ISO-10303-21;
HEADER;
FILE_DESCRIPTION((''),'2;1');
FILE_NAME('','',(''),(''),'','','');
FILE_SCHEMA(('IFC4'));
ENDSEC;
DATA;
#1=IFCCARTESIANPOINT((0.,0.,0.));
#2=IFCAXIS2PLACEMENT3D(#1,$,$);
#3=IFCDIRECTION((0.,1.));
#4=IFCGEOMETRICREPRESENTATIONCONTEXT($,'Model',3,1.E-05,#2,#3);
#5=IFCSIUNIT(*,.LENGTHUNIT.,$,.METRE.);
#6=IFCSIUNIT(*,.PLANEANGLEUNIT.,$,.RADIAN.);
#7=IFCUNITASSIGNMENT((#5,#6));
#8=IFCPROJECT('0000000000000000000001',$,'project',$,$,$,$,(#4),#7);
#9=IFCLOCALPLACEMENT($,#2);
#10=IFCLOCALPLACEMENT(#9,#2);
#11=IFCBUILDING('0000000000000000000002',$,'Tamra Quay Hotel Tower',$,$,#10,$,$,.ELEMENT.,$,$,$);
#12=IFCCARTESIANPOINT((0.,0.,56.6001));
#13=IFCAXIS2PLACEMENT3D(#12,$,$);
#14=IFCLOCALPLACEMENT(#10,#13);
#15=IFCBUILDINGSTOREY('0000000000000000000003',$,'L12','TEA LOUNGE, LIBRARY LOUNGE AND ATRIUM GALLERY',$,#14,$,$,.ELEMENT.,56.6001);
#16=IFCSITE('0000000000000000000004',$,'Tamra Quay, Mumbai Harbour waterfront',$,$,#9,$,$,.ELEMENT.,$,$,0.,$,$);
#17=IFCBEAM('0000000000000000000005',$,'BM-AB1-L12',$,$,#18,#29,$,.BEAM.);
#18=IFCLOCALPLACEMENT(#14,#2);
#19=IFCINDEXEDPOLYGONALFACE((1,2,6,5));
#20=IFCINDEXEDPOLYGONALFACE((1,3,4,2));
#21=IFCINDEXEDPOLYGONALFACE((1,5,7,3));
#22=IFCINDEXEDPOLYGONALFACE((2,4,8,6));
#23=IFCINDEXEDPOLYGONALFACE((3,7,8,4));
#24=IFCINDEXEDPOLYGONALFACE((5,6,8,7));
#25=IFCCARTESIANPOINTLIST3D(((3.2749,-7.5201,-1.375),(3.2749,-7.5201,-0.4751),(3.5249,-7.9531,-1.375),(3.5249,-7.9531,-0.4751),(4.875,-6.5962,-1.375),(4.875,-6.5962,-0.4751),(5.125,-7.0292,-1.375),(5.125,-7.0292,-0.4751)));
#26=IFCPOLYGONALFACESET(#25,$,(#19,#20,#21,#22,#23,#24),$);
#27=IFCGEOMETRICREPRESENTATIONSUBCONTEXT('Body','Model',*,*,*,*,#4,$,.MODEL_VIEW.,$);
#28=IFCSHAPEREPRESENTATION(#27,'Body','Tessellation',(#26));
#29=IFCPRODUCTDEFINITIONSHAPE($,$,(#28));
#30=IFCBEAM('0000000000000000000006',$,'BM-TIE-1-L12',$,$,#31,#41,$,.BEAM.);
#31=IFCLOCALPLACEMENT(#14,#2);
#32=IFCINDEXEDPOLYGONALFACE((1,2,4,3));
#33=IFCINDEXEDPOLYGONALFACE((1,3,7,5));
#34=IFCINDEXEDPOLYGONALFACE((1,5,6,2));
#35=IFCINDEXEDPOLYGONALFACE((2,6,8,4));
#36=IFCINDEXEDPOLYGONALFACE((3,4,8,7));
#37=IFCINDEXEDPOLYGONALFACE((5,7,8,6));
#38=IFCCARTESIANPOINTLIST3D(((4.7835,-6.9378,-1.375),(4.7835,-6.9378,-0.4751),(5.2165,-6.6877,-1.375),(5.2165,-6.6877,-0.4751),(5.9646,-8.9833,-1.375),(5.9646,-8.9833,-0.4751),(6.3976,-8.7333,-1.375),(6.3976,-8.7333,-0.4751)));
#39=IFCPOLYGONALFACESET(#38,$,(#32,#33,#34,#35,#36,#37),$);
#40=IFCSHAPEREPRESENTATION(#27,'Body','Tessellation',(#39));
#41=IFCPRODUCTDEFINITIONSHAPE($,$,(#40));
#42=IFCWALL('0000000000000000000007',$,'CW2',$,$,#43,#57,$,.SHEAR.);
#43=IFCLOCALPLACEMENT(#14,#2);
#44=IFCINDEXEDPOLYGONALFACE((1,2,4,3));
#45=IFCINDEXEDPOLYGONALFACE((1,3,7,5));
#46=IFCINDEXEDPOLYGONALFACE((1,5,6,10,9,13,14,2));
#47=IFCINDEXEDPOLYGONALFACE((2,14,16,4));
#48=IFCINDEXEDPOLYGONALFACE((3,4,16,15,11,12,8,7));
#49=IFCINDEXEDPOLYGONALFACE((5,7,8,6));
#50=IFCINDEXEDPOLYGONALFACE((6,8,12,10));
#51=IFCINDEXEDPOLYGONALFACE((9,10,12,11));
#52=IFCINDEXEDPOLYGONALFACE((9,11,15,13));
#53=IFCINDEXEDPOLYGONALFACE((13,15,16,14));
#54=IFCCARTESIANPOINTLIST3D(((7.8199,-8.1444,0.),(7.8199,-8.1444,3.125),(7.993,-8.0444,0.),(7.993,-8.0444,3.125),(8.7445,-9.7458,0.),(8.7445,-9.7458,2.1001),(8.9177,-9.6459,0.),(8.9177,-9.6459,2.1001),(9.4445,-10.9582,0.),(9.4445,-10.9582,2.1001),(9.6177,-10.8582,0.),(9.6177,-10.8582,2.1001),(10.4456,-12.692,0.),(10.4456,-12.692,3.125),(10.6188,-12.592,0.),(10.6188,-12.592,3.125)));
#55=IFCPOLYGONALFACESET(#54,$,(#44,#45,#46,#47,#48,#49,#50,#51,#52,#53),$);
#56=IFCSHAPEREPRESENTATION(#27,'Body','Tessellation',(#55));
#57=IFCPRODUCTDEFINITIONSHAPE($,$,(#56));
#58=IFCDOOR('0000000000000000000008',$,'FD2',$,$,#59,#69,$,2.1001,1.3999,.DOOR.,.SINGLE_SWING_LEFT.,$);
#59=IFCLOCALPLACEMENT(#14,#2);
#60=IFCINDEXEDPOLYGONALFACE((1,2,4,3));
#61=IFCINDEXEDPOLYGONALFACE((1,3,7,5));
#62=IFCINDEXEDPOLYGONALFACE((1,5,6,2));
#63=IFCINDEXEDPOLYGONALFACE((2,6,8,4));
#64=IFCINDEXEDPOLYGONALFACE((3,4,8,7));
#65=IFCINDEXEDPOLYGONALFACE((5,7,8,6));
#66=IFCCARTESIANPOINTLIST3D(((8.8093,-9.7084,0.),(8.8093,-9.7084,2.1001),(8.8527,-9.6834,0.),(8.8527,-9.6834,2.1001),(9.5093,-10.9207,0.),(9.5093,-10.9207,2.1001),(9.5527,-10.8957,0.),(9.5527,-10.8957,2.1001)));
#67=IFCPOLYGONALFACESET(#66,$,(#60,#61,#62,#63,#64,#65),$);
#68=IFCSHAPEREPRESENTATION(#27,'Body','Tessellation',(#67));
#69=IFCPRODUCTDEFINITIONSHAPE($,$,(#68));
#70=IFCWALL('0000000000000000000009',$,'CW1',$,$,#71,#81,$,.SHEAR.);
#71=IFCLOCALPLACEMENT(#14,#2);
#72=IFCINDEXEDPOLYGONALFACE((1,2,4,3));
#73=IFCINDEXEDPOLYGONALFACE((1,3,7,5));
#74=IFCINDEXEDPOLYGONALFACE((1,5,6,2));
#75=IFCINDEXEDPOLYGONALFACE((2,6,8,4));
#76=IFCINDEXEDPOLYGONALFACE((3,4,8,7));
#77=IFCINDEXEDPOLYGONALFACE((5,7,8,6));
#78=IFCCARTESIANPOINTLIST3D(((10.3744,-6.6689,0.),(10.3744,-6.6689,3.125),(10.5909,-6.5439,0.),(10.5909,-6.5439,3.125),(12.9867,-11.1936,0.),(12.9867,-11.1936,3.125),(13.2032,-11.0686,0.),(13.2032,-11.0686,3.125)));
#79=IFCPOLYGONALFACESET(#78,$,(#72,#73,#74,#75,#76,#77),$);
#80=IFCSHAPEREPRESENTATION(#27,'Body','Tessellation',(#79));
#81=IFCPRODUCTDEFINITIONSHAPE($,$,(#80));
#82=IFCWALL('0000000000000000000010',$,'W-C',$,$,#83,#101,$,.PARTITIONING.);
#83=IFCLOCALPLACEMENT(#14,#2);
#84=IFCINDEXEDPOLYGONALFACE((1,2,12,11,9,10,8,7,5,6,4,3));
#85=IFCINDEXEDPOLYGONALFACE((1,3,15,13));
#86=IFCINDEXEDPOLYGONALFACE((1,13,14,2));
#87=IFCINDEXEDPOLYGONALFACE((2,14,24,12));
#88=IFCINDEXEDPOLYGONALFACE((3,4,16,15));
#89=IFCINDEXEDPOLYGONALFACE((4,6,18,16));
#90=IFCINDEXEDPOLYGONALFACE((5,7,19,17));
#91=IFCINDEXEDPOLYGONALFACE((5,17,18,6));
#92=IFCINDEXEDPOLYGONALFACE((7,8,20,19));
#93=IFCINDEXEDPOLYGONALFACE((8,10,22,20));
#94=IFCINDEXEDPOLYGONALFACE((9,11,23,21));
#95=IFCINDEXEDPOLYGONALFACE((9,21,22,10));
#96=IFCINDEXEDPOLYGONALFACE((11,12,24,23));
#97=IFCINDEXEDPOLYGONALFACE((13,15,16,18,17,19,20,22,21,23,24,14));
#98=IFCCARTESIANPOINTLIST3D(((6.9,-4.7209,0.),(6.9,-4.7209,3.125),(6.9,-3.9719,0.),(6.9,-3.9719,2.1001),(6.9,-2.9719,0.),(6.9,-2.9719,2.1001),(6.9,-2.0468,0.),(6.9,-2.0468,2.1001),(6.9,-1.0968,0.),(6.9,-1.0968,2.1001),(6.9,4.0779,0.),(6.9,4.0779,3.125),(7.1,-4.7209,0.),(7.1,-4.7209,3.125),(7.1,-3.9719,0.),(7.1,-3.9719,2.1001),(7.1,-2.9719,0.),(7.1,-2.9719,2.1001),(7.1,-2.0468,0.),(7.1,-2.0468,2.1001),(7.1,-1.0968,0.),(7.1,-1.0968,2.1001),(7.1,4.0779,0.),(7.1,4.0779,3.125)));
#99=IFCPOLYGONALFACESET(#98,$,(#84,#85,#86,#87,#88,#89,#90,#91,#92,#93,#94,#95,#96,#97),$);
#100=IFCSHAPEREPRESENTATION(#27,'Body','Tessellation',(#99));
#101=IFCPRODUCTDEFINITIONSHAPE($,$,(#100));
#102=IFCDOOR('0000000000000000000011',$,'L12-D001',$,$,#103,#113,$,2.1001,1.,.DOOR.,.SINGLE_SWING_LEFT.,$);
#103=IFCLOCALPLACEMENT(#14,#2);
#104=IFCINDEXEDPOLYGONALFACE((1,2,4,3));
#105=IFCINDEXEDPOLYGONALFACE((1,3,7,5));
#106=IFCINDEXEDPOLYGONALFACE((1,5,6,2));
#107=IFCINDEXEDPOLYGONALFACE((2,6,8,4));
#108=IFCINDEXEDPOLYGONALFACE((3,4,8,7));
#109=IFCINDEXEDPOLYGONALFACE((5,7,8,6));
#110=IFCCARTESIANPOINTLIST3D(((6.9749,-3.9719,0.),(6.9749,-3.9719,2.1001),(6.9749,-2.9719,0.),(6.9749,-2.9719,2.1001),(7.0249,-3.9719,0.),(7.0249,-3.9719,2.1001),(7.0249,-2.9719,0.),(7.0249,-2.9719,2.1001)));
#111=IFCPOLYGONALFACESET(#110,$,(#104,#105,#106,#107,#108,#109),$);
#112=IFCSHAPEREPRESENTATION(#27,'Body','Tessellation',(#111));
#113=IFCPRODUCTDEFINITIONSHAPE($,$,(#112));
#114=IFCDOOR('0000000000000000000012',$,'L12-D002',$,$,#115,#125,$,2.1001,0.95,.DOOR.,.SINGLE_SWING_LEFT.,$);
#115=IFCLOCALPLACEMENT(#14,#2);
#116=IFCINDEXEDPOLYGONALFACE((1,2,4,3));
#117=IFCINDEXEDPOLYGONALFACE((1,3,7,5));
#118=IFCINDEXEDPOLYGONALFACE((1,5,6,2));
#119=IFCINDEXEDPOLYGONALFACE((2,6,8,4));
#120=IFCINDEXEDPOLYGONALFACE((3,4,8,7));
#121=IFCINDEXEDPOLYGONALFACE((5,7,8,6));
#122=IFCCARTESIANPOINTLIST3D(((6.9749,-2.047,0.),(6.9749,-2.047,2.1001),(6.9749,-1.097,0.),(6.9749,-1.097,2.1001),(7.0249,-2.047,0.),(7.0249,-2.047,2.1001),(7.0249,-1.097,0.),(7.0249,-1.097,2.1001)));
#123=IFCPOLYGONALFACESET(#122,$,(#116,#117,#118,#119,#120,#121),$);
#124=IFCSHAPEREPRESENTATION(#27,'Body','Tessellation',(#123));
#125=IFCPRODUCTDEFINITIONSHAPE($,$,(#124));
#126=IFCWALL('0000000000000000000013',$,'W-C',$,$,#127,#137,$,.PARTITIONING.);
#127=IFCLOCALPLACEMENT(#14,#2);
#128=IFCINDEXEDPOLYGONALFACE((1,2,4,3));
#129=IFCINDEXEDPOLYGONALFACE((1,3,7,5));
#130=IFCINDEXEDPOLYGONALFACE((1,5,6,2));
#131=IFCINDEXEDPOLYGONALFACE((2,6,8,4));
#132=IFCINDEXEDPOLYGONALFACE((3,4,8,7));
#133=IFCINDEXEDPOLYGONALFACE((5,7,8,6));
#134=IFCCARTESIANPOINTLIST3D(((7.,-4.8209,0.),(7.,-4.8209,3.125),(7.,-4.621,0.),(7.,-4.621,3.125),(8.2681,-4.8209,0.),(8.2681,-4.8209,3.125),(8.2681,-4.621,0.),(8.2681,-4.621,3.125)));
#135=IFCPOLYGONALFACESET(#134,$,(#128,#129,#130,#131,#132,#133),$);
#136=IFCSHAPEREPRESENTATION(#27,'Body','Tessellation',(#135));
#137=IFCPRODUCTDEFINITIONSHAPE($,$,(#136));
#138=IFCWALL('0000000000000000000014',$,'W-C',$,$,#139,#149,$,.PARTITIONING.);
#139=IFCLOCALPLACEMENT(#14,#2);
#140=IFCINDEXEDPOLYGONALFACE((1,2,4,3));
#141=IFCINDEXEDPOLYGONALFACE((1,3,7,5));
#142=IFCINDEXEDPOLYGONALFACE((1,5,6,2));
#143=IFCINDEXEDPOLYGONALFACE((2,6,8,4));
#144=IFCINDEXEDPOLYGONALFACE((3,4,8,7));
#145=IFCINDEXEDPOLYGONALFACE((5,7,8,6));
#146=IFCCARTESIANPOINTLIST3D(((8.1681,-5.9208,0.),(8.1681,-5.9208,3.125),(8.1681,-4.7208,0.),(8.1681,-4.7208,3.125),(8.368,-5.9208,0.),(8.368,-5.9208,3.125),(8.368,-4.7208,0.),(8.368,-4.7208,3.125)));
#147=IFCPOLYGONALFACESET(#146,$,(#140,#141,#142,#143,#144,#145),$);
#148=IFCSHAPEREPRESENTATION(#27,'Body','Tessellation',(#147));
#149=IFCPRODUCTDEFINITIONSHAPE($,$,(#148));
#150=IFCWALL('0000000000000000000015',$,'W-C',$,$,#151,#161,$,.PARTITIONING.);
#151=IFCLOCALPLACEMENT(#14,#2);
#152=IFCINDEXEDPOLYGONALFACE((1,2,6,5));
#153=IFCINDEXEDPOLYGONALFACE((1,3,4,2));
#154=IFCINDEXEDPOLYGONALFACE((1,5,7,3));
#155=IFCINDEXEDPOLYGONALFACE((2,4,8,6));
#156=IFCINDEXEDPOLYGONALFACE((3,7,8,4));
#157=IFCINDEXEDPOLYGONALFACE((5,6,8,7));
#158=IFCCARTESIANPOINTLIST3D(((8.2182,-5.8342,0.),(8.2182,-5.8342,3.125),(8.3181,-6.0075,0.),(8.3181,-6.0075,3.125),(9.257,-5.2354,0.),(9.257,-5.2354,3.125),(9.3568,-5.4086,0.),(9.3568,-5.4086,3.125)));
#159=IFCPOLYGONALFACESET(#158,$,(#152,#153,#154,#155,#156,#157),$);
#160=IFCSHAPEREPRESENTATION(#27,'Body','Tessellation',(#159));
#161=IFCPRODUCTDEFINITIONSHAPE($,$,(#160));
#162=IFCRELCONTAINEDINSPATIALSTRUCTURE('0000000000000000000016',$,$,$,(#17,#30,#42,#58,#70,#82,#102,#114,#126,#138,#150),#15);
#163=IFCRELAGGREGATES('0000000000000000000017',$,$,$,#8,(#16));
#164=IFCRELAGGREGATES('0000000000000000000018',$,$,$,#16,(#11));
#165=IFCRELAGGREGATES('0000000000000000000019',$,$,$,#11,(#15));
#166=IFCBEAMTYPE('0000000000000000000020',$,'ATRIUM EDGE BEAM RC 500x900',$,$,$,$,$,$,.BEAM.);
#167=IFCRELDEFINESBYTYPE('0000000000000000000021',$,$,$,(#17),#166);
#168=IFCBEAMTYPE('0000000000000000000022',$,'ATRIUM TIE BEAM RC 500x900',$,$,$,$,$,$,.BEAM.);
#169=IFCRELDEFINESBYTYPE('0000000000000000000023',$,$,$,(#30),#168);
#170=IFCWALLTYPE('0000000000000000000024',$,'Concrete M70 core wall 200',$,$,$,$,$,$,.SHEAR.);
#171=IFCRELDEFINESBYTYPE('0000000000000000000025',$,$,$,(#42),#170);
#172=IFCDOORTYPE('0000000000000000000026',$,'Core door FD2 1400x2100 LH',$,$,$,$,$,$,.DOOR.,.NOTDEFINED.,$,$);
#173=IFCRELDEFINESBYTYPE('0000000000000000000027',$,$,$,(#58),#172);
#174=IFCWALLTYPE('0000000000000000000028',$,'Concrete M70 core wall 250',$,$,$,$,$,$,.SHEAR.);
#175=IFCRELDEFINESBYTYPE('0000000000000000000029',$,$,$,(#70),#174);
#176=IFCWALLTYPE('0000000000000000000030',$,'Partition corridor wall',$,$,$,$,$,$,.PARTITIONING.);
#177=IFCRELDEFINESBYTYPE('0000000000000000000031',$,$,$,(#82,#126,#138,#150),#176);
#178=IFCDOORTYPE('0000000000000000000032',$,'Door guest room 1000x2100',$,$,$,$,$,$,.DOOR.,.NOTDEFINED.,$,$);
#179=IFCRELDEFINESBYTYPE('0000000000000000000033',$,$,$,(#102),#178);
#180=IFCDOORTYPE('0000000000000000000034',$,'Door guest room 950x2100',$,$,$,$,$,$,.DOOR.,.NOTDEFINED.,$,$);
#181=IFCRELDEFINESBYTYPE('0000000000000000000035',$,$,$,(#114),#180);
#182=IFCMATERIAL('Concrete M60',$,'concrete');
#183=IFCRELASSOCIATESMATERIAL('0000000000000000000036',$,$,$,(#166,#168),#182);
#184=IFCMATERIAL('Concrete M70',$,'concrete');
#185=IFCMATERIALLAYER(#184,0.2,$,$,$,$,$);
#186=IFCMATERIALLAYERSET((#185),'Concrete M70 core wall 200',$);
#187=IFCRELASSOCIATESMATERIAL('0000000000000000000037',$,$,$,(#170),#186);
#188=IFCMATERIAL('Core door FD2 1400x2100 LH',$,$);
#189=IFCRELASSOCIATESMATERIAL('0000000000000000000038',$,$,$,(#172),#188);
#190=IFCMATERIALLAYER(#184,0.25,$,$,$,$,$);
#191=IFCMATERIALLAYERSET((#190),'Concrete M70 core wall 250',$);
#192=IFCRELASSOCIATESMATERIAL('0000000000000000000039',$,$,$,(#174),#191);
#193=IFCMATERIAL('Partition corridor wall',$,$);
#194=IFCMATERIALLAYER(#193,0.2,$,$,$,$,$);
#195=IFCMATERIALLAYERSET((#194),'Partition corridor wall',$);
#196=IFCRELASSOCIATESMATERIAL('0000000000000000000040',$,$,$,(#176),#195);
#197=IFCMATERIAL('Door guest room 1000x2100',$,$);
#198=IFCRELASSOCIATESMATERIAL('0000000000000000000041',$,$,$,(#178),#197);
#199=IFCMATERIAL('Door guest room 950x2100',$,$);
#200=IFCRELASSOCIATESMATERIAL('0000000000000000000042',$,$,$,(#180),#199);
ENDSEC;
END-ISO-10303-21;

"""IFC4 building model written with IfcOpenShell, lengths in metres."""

from ifc_helpers import new_model, si_unit, direction, frame, frame_2d, origin, origin_2d, place, context, subcontext, project, spatial, rectangle, extrude, material, layer, layer_set, material_profile, profile_set, type_object, element, fill, save


model = new_model("IFC4")

# Units and contexts
model_context = context("Model", 3, precision=1e-05, world=origin(), true_north=direction((0.0, 1.0)))
body_context = subcontext(model_context, "Body", "Model", "MODEL_VIEW")
ifc_project = project(units=[si_unit("LENGTHUNIT", "METRE"), si_unit("PLANEANGLEUNIT", "RADIAN")], contexts=[model_context])

# Site, building, storey
site_placement = place(None, origin())
site = spatial("IfcSite", under=ifc_project, at=site_placement, Name="Tamra Quay, Mumbai Harbour waterfront", CompositionType="ELEMENT", RefElevation=0.0)
building_placement = place(site_placement, origin())
building = spatial("IfcBuilding", under=site, at=building_placement, Name="Tamra Quay Hotel Tower", CompositionType="ELEMENT")
storey_placement = place(building_placement, frame((0.0, 0.0, 56.6001)))
storey = spatial("IfcBuildingStorey", under=building, at=storey_placement, Name="L12", Description="TEA LOUNGE, LIBRARY LOUNGE AND ATRIUM GALLERY", CompositionType="ELEMENT", Elevation=56.6001)

# Beams
ifc_material_1 = material(Name="Concrete M60", Category="concrete")
ifc_material_profile_1 = material_profile(ifc_material_1, rectangle(XDim=0.5, YDim=0.8999, at=origin_2d()), Name="ATRIUM EDGE BEAM RC 500x900")
ifc_profile_set_1 = profile_set([ifc_material_profile_1], Name="Concrete M60")
beam_type_1 = type_object("IfcBeamType", Name="ATRIUM EDGE BEAM RC 500x900", PredefinedType="BEAM", material=ifc_profile_set_1)
beam_1_placement = place(storey_placement, frame((5.0, -6.8127, -0.925), z_axis=(-0.866023, -0.500005, 0.0), x_axis=(0.500005, -0.866023, 0.0)))
element("IfcBeam", 1, at=beam_1_placement, inside=storey, type_object=beam_type_1, Name="BM-AB1-L12", PredefinedType="BEAM", context=body_context, shape_type="SweptSolid", body=[
    extrude(rectangle(XDim=0.5, YDim=0.8999, at=origin_2d()), origin(), (0.0, 0.0, 1.0), 1.8477),
])
ifc_material_profile_2 = material_profile(ifc_material_1, rectangle(XDim=0.5, YDim=0.8999, at=origin_2d()), Name="ATRIUM TIE BEAM RC 500x900")
ifc_profile_set_2 = profile_set([ifc_material_profile_2], Name="Concrete M60")
beam_type_2 = type_object("IfcBeamType", Name="ATRIUM TIE BEAM RC 500x900", PredefinedType="BEAM", material=ifc_profile_set_2)
beam_2_placement = place(storey_placement, frame((5.0, -6.8127, -0.925), z_axis=(0.50003, -0.866008, 0.0), x_axis=(0.866008, 0.50003, 0.0)))
element("IfcBeam", 2, at=beam_2_placement, inside=storey, type_object=beam_type_2, Name="BM-TIE-1-L12", PredefinedType="BEAM", context=body_context, shape_type="SweptSolid", body=[
    extrude(rectangle(XDim=0.5, YDim=0.8999, at=origin_2d()), origin(), (0.0, 0.0, 1.0), 2.3621),
])

# Wall, opening, door
ifc_material_2 = material(Name="Concrete M70", Category="concrete")
ifc_layer_1 = layer(ifc_material_2, 0.2)
ifc_layer_set_1 = layer_set([ifc_layer_1], Name="Concrete M70 core wall 200")
wall_type_1 = type_object("IfcWallType", Name="Concrete M70 core wall 200", PredefinedType="SHEAR", material=ifc_layer_set_1)
wall_1_placement = place(storey_placement, frame((7.9065, -8.0945, 0.0), z_axis=(0.0, 0.0, 1.0), x_axis=(0.500024, -0.866011, 0.0)))
wall_1 = element("IfcWall", 3, at=wall_1_placement, inside=storey, type_object=wall_type_1, Name="CW2", PredefinedType="SHEAR", context=body_context, shape_type="SweptSolid", body=[
    extrude(rectangle(XDim=5.2512, YDim=0.2, at=frame_2d((2.6255, 0.0))), origin(), (0.0, 0.0, 1.0), 3.125),
])
opening_1_placement = place(wall_1_placement, frame((1.8491, 0.0, 0.0)))
opening_1 = element("IfcOpeningElement", 4, at=opening_1_placement, cuts=wall_1, PredefinedType="OPENING", context=body_context, shape_type="SweptSolid", body=[
    extrude(rectangle(XDim=1.3999, YDim=2.1001, at=frame_2d((0.7, 1.05))), frame((0.0, 0.1099, 0.0), z_axis=(0.0, -1.0, 0.0), x_axis=(1.0, 0.0, 0.0)), (0.0, 0.0, 1.0), 0.22),
])
ifc_material_3 = material(Name="Core door FD2 1400x2100 LH")
door_type_1 = type_object("IfcDoorType", Name="Core door FD2 1400x2100 LH", OperationType="NOTDEFINED", PredefinedType="DOOR", material=ifc_material_3)
door_1_placement = place(opening_1_placement, origin())
door_1 = element("IfcDoor", 5, at=door_1_placement, inside=storey, type_object=door_type_1, Name="FD2", OperationType="SINGLE_SWING_LEFT", OverallHeight=2.1001, OverallWidth=1.3999, PredefinedType="DOOR", context=body_context, shape_type="SweptSolid", body=[
    extrude(rectangle(XDim=1.3999, YDim=2.1001, at=frame_2d((0.7, 1.05))), frame((0.0, 0.0249, 0.0), z_axis=(0.0, -1.0, 0.0), x_axis=(1.0, 0.0, 0.0)), (0.0, 0.0, 1.0), 0.05),
])
fill(opening_1, door_1)

# Wall
ifc_layer_2 = layer(ifc_material_2, 0.25)
ifc_layer_set_2 = layer_set([ifc_layer_2], Name="Concrete M70 core wall 250")
wall_type_2 = type_object("IfcWallType", Name="Concrete M70 core wall 250", PredefinedType="SHEAR", material=ifc_layer_set_2)
wall_2_placement = place(storey_placement, frame((10.4827, -6.6064, 0.0), z_axis=(0.0, 0.0, 1.0), x_axis=(0.499999, -0.866026, 0.0)))
element("IfcWall", 6, at=wall_2_placement, inside=storey, type_object=wall_type_2, Name="CW1", PredefinedType="SHEAR", context=body_context, shape_type="SweptSolid", body=[
    extrude(rectangle(XDim=5.2246, YDim=0.25, at=frame_2d((2.6123, 0.0))), origin(), (0.0, 0.0, 1.0), 3.125),
])

# Wall, openings, doors
ifc_material_4 = material(Name="Partition corridor wall")
ifc_layer_3 = layer(ifc_material_4, 0.2)
ifc_layer_set_3 = layer_set([ifc_layer_3], Name="Partition corridor wall")
wall_type_3 = type_object("IfcWallType", Name="Partition corridor wall", PredefinedType="PARTITIONING", material=ifc_layer_set_3)
wall_3_placement = place(storey_placement, frame((7.0, -4.7209, 0.0), z_axis=(0.0, 0.0, 1.0), x_axis=(0.0, 1.0, 0.0)))
wall_3 = element("IfcWall", 7, at=wall_3_placement, inside=storey, type_object=wall_type_3, Name="W-C", PredefinedType="PARTITIONING", context=body_context, shape_type="SweptSolid", body=[
    extrude(rectangle(XDim=8.7988, YDim=0.2, at=frame_2d((4.3994, 0.0))), origin(), (0.0, 0.0, 1.0), 3.125),
])
opening_2_placement = place(wall_3_placement, frame((0.749, 0.0, 0.0)))
opening_2 = element("IfcOpeningElement", 8, at=opening_2_placement, cuts=wall_3, PredefinedType="OPENING", context=body_context, shape_type="SweptSolid", body=[
    extrude(rectangle(XDim=1.0, YDim=2.1001, at=frame_2d((0.5, 1.05))), frame((0.0, 0.1099, 0.0), z_axis=(0.0, -1.0, 0.0), x_axis=(1.0, 0.0, 0.0)), (0.0, 0.0, 1.0), 0.22),
])
opening_3_placement = place(wall_3_placement, frame((2.6741, 0.0, 0.0)))
opening_3 = element("IfcOpeningElement", 9, at=opening_3_placement, cuts=wall_3, PredefinedType="OPENING", context=body_context, shape_type="SweptSolid", body=[
    extrude(rectangle(XDim=0.95, YDim=2.1001, at=frame_2d((0.4751, 1.05))), frame((0.0, 0.1099, 0.0), z_axis=(0.0, -1.0, 0.0), x_axis=(1.0, 0.0, 0.0)), (0.0, 0.0, 1.0), 0.22),
])
ifc_material_5 = material(Name="Door guest room 1000x2100")
door_type_2 = type_object("IfcDoorType", Name="Door guest room 1000x2100", OperationType="NOTDEFINED", PredefinedType="DOOR", material=ifc_material_5)
door_2_placement = place(opening_2_placement, frame((1.0, 0.0, 0.0), z_axis=(0.0, 0.0, 1.0), x_axis=(-1.0, 0.0, 0.0)))
door_2 = element("IfcDoor", 10, at=door_2_placement, inside=storey, type_object=door_type_2, Name="L12-D001", OperationType="SINGLE_SWING_LEFT", OverallHeight=2.1001, OverallWidth=1.0, PredefinedType="DOOR", context=body_context, shape_type="SweptSolid", body=[
    extrude(rectangle(XDim=1.0, YDim=2.1001, at=frame_2d((0.5, 1.05))), frame((0.0, 0.0249, 0.0), z_axis=(0.0, -1.0, 0.0), x_axis=(1.0, 0.0, 0.0)), (0.0, 0.0, 1.0), 0.05),
])
fill(opening_2, door_2)
ifc_material_6 = material(Name="Door guest room 950x2100")
door_type_3 = type_object("IfcDoorType", Name="Door guest room 950x2100", OperationType="NOTDEFINED", PredefinedType="DOOR", material=ifc_material_6)
door_3_placement = place(opening_3_placement, frame((0.95, 0.0, 0.0), z_axis=(0.0, 0.0, 1.0), x_axis=(-1.0, 0.0, 0.0)))
door_3 = element("IfcDoor", 11, at=door_3_placement, inside=storey, type_object=door_type_3, Name="L12-D002", OperationType="SINGLE_SWING_LEFT", OverallHeight=2.1001, OverallWidth=0.95, PredefinedType="DOOR", context=body_context, shape_type="SweptSolid", body=[
    extrude(rectangle(XDim=0.95, YDim=2.1001, at=frame_2d((0.4751, 1.05))), frame((0.0, 0.0249, 0.0), z_axis=(0.0, -1.0, 0.0), x_axis=(1.0, 0.0, 0.0)), (0.0, 0.0, 1.0), 0.05),
])
fill(opening_3, door_3)

# Walls
wall_4_placement = place(storey_placement, frame((7.0, -4.7209, 0.0), z_axis=(0.0, 0.0, 1.0), x_axis=(1.0, 0.0, 0.0)))
element("IfcWall", 12, at=wall_4_placement, inside=storey, type_object=wall_type_3, Name="W-C", PredefinedType="PARTITIONING", context=body_context, shape_type="SweptSolid", body=[
    extrude(rectangle(XDim=1.2681, YDim=0.2, at=frame_2d((0.634, 0.0))), origin(), (0.0, 0.0, 1.0), 3.125),
])
wall_5_placement = place(storey_placement, frame((8.2681, -5.9209, 0.0), z_axis=(0.0, 0.0, 1.0), x_axis=(0.0, 1.0, 0.0)))
element("IfcWall", 13, at=wall_5_placement, inside=storey, type_object=wall_type_3, Name="W-C", PredefinedType="PARTITIONING", context=body_context, shape_type="SweptSolid", body=[
    extrude(rectangle(XDim=1.2, YDim=0.2, at=frame_2d((0.6001, 0.0))), origin(), (0.0, 0.0, 1.0), 3.125),
])
wall_6_placement = place(storey_placement, frame((8.2681, -5.9209, 0.0), z_axis=(0.0, 0.0, 1.0), x_axis=(0.866345, 0.499446, 0.0)))
element("IfcWall", 14, at=wall_6_placement, inside=storey, type_object=wall_type_3, Name="W-C", PredefinedType="PARTITIONING", context=body_context, shape_type="SweptSolid", body=[
    extrude(rectangle(XDim=1.199, YDim=0.2, at=frame_2d((0.5996, 0.0))), origin(), (0.0, 0.0, 1.0), 3.125),
])

save(model, "model.ifc")
